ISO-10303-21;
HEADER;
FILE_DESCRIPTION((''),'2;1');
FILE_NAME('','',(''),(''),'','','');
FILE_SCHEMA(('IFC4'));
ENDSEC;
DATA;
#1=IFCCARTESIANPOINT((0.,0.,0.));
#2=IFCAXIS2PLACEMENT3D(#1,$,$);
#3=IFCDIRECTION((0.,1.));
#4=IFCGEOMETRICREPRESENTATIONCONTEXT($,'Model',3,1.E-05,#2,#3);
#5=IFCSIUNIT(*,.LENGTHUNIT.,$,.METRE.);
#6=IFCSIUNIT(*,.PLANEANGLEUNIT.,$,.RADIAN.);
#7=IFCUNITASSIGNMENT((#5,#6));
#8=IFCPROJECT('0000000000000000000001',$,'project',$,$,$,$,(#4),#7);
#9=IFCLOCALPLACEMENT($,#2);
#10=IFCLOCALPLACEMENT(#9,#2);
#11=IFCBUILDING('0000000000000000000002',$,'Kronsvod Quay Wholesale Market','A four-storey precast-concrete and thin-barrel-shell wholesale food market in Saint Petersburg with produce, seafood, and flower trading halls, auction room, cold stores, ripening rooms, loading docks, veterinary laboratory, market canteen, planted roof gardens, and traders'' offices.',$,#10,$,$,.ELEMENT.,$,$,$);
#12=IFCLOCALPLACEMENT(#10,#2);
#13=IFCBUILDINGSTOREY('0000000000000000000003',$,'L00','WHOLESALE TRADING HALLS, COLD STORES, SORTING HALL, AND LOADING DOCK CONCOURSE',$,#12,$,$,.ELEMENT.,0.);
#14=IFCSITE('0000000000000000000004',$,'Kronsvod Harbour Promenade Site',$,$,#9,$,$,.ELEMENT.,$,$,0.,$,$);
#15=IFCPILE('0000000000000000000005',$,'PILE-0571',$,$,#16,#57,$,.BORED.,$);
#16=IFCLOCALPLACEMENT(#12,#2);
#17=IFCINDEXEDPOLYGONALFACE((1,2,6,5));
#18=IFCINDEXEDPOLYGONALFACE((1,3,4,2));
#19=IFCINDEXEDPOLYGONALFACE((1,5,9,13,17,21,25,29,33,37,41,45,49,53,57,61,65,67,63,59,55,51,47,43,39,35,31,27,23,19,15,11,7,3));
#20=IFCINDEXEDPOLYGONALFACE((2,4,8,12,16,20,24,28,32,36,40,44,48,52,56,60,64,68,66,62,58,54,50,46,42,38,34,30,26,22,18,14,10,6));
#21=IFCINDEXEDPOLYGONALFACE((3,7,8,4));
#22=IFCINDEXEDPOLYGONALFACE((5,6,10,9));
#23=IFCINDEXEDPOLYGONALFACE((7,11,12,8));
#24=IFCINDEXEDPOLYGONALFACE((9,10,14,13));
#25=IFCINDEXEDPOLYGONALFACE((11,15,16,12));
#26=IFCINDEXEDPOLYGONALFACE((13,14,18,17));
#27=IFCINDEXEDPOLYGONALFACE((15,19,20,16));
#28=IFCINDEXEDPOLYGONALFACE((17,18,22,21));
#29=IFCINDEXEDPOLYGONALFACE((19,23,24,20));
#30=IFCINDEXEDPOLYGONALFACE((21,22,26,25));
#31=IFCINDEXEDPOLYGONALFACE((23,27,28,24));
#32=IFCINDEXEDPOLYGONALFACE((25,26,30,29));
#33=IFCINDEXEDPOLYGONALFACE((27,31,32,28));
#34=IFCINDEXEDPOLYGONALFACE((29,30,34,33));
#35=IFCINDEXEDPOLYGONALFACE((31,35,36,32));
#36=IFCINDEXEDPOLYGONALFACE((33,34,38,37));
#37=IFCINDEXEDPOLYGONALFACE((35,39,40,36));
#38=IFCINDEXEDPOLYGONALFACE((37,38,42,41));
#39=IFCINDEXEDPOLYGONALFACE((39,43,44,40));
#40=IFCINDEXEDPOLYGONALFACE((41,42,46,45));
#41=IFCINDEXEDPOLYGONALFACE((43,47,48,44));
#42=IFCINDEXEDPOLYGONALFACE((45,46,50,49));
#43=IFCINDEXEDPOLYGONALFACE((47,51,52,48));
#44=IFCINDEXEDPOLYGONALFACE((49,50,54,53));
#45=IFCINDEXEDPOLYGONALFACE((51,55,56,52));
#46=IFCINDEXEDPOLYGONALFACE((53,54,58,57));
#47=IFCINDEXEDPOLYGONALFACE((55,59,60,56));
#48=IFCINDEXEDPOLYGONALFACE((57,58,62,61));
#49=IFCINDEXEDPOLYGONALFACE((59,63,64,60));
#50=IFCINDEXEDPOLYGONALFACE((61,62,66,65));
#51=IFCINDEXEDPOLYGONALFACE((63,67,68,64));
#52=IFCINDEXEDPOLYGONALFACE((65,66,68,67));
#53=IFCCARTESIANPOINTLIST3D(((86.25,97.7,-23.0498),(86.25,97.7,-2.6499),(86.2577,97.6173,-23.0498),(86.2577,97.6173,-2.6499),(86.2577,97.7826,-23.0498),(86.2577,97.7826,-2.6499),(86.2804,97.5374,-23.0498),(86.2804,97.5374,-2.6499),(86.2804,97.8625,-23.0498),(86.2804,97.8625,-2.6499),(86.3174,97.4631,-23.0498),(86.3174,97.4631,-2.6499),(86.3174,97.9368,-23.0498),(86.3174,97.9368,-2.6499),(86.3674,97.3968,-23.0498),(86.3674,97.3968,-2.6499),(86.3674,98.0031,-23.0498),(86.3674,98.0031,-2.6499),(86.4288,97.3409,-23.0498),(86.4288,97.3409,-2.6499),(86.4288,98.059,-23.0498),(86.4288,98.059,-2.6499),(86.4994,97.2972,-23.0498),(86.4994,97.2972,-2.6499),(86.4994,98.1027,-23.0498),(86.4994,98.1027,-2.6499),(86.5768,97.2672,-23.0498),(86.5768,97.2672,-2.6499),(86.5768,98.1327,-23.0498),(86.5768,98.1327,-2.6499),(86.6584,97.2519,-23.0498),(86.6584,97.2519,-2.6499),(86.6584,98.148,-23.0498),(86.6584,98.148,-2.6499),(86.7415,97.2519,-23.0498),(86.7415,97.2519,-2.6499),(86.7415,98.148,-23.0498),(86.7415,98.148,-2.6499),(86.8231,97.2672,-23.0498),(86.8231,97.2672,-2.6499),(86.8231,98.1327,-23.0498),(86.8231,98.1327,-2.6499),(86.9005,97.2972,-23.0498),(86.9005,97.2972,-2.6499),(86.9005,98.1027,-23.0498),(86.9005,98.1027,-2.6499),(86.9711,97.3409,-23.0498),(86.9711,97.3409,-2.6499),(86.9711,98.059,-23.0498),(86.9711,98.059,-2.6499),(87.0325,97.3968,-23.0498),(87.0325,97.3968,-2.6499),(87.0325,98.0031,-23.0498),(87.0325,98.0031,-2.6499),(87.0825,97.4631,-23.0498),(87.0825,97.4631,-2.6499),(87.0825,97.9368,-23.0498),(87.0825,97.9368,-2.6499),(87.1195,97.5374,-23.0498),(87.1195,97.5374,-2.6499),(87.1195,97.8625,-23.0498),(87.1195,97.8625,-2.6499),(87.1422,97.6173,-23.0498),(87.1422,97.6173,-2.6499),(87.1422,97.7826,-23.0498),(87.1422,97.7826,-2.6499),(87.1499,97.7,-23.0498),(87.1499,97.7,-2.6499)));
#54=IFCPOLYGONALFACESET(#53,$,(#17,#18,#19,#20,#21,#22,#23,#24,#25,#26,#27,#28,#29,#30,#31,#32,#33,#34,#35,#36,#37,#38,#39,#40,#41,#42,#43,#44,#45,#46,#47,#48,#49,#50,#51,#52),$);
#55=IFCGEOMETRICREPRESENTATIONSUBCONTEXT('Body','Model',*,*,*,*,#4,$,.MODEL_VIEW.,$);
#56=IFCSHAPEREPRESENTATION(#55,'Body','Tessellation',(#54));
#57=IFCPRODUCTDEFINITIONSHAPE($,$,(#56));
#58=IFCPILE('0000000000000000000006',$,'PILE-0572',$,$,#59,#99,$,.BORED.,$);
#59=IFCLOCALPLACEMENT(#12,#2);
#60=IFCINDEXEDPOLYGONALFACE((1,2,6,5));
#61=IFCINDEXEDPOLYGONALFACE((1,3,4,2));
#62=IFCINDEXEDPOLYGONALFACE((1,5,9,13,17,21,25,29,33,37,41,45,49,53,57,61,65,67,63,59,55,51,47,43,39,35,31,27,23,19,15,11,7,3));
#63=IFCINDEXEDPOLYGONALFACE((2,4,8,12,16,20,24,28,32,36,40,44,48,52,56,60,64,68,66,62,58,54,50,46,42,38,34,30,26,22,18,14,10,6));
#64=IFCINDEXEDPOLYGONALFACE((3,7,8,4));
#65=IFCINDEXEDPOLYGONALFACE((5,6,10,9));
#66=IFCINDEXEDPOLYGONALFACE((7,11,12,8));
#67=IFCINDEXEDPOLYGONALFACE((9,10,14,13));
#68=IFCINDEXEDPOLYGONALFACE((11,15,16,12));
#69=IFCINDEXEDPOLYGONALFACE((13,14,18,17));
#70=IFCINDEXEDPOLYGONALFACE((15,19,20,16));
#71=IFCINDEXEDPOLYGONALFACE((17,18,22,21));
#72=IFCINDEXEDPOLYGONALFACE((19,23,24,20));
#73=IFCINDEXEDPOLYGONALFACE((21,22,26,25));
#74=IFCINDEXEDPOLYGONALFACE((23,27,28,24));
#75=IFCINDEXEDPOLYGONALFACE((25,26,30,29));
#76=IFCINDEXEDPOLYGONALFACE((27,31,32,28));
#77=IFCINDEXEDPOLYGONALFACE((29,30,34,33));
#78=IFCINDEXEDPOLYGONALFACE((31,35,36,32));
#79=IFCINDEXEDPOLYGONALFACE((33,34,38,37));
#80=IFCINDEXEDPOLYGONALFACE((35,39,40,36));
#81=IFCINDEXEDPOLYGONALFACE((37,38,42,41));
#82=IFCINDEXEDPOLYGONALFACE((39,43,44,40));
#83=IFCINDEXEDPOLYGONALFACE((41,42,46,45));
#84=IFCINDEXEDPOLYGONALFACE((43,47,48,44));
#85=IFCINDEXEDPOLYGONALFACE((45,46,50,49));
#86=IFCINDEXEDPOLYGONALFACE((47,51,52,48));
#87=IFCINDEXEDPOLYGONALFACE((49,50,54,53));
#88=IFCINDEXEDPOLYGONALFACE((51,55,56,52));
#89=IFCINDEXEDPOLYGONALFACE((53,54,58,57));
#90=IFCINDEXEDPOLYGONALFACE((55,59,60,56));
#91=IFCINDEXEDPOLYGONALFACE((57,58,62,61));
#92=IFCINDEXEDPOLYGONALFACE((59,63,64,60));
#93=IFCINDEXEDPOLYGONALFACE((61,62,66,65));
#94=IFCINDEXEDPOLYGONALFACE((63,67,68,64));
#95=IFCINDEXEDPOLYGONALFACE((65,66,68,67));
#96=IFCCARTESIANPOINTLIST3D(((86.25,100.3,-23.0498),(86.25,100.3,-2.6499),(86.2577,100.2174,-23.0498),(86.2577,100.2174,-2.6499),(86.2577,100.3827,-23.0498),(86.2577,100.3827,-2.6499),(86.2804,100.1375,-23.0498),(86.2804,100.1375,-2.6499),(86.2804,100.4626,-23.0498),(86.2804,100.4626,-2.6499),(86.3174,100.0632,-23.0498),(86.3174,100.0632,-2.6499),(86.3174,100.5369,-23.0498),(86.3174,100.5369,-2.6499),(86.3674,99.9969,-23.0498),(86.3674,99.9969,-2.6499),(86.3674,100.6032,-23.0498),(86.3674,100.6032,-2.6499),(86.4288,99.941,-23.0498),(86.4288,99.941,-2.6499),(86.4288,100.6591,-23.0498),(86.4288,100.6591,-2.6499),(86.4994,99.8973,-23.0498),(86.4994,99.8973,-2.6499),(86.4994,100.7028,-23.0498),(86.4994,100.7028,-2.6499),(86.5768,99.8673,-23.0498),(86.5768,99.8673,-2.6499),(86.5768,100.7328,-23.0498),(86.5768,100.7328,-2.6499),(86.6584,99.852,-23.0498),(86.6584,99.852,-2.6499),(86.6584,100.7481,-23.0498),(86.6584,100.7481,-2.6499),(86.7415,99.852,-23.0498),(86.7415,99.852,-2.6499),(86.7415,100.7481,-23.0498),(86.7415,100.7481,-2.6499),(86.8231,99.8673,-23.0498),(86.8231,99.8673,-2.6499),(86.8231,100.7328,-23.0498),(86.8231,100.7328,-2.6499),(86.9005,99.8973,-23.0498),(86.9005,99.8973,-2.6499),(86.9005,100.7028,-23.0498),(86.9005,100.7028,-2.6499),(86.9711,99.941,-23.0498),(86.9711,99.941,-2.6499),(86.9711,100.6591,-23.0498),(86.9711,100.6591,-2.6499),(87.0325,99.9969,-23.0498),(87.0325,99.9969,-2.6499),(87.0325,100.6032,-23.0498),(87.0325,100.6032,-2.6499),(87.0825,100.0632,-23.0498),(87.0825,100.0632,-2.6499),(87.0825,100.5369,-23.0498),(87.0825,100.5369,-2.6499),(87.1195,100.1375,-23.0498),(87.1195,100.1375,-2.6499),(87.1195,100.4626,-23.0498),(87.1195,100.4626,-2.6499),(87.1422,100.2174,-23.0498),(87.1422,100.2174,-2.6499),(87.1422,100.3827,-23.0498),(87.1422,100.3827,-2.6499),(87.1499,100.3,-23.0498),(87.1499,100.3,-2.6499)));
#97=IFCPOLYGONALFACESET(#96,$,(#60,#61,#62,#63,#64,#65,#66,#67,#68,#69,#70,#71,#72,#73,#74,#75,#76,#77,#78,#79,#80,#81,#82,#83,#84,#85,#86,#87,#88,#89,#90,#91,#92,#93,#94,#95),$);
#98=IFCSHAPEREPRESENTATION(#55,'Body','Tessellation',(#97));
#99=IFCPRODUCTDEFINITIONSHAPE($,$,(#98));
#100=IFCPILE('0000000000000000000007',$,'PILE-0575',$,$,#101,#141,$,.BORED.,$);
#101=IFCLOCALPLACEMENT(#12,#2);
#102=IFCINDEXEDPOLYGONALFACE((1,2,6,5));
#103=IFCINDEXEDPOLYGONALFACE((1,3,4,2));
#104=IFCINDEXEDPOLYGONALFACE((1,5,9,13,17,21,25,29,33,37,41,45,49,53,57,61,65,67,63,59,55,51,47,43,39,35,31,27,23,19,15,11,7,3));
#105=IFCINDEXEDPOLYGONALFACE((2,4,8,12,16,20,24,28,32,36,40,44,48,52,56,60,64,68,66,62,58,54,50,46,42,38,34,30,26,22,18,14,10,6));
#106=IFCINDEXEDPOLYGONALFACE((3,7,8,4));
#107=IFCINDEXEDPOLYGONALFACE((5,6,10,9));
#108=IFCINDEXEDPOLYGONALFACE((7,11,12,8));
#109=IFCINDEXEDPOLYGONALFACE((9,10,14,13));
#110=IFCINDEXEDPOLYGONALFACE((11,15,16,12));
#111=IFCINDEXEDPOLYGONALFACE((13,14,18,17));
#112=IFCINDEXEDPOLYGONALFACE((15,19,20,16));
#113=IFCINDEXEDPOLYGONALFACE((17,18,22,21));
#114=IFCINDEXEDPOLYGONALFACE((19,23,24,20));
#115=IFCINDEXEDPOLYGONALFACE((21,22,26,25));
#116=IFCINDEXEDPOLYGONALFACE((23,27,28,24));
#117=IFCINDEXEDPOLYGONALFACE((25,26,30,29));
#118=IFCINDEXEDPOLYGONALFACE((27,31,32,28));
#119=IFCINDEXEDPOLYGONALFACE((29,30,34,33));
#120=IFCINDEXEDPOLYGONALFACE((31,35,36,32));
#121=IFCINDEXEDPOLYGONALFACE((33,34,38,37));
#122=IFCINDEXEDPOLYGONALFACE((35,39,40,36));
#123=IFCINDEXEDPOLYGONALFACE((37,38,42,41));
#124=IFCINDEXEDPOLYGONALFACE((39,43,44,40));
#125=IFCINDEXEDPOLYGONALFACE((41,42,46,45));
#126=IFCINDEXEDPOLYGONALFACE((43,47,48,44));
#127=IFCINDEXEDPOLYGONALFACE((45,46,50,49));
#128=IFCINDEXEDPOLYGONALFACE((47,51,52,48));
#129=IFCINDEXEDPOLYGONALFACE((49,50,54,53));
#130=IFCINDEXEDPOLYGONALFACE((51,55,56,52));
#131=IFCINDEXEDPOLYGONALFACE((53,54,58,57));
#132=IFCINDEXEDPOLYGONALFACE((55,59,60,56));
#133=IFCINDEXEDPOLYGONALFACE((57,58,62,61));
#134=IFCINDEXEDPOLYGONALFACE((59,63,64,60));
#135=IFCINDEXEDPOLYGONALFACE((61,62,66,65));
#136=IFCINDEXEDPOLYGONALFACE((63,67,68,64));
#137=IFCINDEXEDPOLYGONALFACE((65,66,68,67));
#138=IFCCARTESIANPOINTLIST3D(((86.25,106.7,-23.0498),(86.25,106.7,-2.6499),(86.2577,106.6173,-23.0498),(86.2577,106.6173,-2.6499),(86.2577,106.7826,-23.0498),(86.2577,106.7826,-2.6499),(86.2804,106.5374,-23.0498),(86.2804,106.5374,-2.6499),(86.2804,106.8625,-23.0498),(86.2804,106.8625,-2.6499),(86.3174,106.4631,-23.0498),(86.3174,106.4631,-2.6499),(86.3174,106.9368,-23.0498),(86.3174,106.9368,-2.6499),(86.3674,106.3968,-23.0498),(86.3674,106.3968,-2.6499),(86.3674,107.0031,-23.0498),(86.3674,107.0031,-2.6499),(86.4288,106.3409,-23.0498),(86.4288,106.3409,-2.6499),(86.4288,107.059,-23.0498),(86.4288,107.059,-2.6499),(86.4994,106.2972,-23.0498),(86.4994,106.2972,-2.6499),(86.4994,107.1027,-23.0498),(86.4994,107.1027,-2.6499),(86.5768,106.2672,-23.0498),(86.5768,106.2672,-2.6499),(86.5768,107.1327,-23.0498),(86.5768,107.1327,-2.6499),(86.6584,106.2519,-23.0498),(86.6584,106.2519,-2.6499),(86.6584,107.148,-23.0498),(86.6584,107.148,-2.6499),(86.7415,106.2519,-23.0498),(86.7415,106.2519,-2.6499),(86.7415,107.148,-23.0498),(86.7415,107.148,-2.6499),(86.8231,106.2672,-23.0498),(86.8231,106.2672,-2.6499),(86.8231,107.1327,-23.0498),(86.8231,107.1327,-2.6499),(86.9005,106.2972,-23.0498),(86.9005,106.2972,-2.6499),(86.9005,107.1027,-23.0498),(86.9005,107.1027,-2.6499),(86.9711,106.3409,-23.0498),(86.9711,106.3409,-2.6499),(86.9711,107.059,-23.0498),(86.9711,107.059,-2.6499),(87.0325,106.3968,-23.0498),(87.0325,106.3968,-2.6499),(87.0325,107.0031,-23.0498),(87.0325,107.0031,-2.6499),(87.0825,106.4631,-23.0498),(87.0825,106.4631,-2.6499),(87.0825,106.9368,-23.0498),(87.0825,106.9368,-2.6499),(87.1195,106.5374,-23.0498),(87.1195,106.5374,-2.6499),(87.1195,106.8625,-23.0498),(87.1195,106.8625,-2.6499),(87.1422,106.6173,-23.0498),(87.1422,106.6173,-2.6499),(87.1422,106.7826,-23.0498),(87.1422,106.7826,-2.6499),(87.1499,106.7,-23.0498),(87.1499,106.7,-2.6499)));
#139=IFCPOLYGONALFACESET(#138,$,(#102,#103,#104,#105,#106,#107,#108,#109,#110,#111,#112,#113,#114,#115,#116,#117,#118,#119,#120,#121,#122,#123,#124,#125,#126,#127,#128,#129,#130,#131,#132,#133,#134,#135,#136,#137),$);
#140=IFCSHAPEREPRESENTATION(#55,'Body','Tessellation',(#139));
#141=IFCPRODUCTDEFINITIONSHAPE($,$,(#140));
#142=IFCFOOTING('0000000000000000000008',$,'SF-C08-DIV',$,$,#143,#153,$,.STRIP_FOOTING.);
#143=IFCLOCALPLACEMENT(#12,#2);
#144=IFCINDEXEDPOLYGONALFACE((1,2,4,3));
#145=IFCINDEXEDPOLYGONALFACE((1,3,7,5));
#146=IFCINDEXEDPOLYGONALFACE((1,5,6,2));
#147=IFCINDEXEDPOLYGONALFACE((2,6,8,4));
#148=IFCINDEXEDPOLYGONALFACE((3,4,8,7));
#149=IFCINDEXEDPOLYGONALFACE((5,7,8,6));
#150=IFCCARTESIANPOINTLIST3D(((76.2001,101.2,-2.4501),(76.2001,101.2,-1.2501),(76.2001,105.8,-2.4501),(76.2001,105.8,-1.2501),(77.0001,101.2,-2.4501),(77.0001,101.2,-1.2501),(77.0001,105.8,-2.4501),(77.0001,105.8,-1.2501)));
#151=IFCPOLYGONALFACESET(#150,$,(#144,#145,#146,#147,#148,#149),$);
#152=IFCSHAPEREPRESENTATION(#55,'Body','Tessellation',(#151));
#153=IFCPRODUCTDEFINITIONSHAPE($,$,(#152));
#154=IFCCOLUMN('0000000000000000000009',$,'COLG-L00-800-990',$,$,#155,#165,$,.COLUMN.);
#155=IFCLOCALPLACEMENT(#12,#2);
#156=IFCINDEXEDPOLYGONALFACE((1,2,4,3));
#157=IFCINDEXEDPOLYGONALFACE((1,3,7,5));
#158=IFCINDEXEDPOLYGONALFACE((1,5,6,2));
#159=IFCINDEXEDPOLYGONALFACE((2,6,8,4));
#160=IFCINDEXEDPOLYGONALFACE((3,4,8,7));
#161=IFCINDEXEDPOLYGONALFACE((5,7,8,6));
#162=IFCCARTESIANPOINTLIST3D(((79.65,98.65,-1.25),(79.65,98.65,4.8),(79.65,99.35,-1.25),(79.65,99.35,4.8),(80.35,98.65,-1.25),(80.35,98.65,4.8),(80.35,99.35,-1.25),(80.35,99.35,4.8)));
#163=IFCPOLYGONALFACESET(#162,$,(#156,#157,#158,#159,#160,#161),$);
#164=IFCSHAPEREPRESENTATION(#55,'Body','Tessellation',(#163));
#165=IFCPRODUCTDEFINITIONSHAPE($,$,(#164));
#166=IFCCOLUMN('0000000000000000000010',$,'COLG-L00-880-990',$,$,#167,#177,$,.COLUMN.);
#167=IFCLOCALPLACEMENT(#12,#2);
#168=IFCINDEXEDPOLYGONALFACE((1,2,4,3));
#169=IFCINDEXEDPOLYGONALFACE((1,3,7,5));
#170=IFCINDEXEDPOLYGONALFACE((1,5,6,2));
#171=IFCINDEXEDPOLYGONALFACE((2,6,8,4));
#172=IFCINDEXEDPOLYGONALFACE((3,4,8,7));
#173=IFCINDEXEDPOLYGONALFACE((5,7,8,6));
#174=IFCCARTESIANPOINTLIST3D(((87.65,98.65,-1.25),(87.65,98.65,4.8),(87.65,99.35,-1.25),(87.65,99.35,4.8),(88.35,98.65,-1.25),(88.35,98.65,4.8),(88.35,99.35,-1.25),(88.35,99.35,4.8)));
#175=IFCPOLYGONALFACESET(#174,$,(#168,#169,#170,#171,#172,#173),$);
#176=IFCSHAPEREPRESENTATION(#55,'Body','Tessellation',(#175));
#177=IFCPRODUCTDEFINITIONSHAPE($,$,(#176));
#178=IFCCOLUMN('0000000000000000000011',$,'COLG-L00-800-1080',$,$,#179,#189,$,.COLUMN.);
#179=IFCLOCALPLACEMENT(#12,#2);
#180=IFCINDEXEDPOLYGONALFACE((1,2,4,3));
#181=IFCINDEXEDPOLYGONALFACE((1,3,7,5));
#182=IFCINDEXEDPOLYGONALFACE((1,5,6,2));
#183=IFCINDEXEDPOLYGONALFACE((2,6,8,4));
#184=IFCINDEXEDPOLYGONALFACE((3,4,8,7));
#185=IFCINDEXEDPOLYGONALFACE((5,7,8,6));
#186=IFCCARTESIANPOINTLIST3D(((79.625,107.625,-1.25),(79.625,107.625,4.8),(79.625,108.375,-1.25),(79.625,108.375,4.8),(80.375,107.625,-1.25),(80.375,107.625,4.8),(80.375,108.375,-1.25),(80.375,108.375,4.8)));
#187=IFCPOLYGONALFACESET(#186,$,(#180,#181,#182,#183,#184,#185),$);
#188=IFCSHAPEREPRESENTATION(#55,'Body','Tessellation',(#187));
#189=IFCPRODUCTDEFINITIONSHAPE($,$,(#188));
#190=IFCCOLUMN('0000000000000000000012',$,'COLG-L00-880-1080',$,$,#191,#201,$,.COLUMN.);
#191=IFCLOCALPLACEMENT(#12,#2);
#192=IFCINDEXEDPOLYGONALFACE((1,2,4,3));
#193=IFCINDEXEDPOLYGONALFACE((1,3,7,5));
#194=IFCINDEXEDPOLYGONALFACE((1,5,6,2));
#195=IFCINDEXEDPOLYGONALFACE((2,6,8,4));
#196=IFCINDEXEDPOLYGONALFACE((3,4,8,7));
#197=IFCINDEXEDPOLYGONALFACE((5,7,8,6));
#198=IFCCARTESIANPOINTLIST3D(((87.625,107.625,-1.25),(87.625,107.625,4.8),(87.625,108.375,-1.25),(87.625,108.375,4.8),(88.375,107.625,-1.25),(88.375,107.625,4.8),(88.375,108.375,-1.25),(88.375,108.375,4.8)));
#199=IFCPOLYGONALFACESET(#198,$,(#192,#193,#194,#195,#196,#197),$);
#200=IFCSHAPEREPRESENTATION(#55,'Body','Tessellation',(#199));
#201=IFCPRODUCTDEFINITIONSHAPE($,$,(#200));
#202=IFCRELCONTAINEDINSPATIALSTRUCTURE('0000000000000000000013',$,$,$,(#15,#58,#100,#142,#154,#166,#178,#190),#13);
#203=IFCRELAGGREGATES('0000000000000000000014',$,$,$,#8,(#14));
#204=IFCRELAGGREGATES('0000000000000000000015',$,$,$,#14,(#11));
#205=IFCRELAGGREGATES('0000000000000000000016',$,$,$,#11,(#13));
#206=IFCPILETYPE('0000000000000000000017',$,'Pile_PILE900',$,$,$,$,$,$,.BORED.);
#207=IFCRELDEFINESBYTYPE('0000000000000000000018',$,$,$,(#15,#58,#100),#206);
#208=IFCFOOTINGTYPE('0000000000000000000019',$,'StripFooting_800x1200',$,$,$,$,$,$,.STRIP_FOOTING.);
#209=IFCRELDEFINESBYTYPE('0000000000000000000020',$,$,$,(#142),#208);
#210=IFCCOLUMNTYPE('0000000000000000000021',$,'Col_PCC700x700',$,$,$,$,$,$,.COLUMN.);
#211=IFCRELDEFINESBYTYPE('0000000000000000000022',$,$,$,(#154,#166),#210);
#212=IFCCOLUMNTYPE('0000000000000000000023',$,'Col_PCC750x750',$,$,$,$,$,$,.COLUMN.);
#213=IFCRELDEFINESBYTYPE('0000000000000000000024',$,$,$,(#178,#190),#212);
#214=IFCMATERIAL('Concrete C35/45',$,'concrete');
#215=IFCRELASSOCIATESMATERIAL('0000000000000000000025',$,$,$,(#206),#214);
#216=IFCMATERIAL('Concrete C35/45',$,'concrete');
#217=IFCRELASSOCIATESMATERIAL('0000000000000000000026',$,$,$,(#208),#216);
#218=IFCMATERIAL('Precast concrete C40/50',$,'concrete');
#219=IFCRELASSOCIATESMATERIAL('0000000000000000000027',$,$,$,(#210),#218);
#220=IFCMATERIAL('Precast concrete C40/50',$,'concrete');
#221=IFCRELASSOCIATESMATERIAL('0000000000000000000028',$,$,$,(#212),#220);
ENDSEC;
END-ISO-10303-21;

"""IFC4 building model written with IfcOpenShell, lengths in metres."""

from ifc_helpers import new_model, si_unit, direction, frame, origin, origin_2d, place, context, subcontext, project, spatial, rectangle, circle, extrude, material, material_profile, profile_set, type_object, element, save


model = new_model("IFC4")

# Units and contexts
model_context = context("Model", 3, precision=1e-05, world=origin(), true_north=direction((0.0, 1.0)))
body_context = subcontext(model_context, "Body", "Model", "MODEL_VIEW")
ifc_project = project(units=[si_unit("LENGTHUNIT", "METRE"), si_unit("PLANEANGLEUNIT", "RADIAN")], contexts=[model_context])

# Site, building, storey
site_placement = place(None, origin())
site = spatial("IfcSite", under=ifc_project, at=site_placement, Name="Kronsvod Harbour Promenade Site", CompositionType="ELEMENT", RefElevation=0.0)
building_placement = place(site_placement, origin())
building = spatial("IfcBuilding", under=site, at=building_placement, Name="Kronsvod Quay Wholesale Market", Description="A four-storey precast-concrete and thin-barrel-shell wholesale food market in Saint Petersburg with produce, seafood, and flower trading halls, auction room, cold stores, ripening rooms, loading docks, veterinary laboratory, market canteen, planted roof gardens, and traders' offices.", CompositionType="ELEMENT")
storey_placement = place(building_placement, origin())
storey = spatial("IfcBuildingStorey", under=building, at=storey_placement, Name="L00", Description="WHOLESALE TRADING HALLS, COLD STORES, SORTING HALL, AND LOADING DOCK CONCOURSE", CompositionType="ELEMENT", Elevation=0.0)

# Piles
ifc_material_1 = material(Name="Concrete C35/45", Category="concrete")
ifc_material_profile_1 = material_profile(ifc_material_1, circle(Radius=0.45, at=origin_2d()), Name="PILE900")
ifc_profile_set_1 = profile_set([ifc_material_profile_1], Name="Concrete C35/45")
pile_type = type_object("IfcPileType", Name="Pile_PILE900", PredefinedType="BORED", material=ifc_profile_set_1)
for number, where, z_axis, x_axis, name in (
    (1, (86.7, 97.7, -2.6499), (0.0, 0.0, -1.0), (1.0, 0.0, 0.0), "PILE-0571"),
    (2, (86.7, 100.3, -2.6499), (0.0, 0.0, -1.0), (1.0, 0.0, 0.0), "PILE-0572"),
    (3, (86.7, 106.7, -2.6499), (0.0, 0.0, -1.0), (1.0, 0.0, 0.0), "PILE-0575"),
):
    element("IfcPile", number, at=place(storey_placement, frame(where, z_axis=z_axis, x_axis=x_axis)), inside=storey, type_object=pile_type, Name=name, PredefinedType="BORED", context=body_context, shape_type="SweptSolid", body=[
        extrude(circle(Radius=0.45, at=origin_2d()), origin(), (0.0, 0.0, 1.0), 20.3999),
    ])

# Footing
ifc_material_2 = material(Name="Concrete C35/45", Category="concrete")
ifc_material_profile_2 = material_profile(ifc_material_2, rectangle(XDim=0.8, YDim=1.2, at=origin_2d()), Name="SF-01")
ifc_profile_set_2 = profile_set([ifc_material_profile_2], Name="Concrete C35/45")
footing_type_1 = type_object("IfcFootingType", Name="StripFooting_800x1200", PredefinedType="STRIP_FOOTING", material=ifc_profile_set_2)
footing_1_placement = place(storey_placement, frame((76.6001, 101.2, -1.8501), z_axis=(0.0, 1.0, 0.0), x_axis=(-1.0, 0.0, 0.0)))
element("IfcFooting", 4, at=footing_1_placement, inside=storey, type_object=footing_type_1, Name="SF-C08-DIV", PredefinedType="STRIP_FOOTING", context=body_context, shape_type="SweptSolid", body=[
    extrude(rectangle(XDim=0.8, YDim=1.2, at=origin_2d()), origin(), (0.0, 0.0, 1.0), 4.6001),
])

# Columns
ifc_material_3 = material(Name="Precast concrete C40/50", Category="concrete")
ifc_material_profile_3 = material_profile(ifc_material_3, rectangle(XDim=0.7, YDim=0.7, at=origin_2d()), Name="PCC700x700")
ifc_profile_set_3 = profile_set([ifc_material_profile_3], Name="Precast concrete C40/50")
column_type_1 = type_object("IfcColumnType", Name="Col_PCC700x700", PredefinedType="COLUMN", material=ifc_profile_set_3)
for number, where, z_axis, x_axis, name in (
    (5, (80.0, 99.0, -1.25), (0.0, 0.0, 1.0), (1.0, 0.0, 0.0), "COLG-L00-800-990"),
    (6, (88.0, 99.0, -1.25), (0.0, 0.0, 1.0), (1.0, 0.0, 0.0), "COLG-L00-880-990"),
):
    element("IfcColumn", number, at=place(storey_placement, frame(where, z_axis=z_axis, x_axis=x_axis)), inside=storey, type_object=column_type_1, Name=name, PredefinedType="COLUMN", context=body_context, shape_type="SweptSolid", body=[
        extrude(rectangle(XDim=0.7, YDim=0.7, at=origin_2d()), origin(), (0.0, 0.0, 1.0), 6.05),
    ])
ifc_material_4 = material(Name="Precast concrete C40/50", Category="concrete")
ifc_material_profile_4 = material_profile(ifc_material_4, rectangle(XDim=0.75, YDim=0.75, at=origin_2d()), Name="COL-07")
ifc_profile_set_4 = profile_set([ifc_material_profile_4], Name="Precast concrete C40/50")
column_type_2 = type_object("IfcColumnType", Name="Col_PCC750x750", PredefinedType="COLUMN", material=ifc_profile_set_4)
for number, where, z_axis, x_axis, name in (
    (7, (80.0, 108.0, -1.25), (0.0, 0.0, 1.0), (1.0, 0.0, 0.0), "COLG-L00-800-1080"),
    (8, (88.0, 108.0, -1.25), (0.0, 0.0, 1.0), (1.0, 0.0, 0.0), "COLG-L00-880-1080"),
):
    element("IfcColumn", number, at=place(storey_placement, frame(where, z_axis=z_axis, x_axis=x_axis)), inside=storey, type_object=column_type_2, Name=name, PredefinedType="COLUMN", context=body_context, shape_type="SweptSolid", body=[
        extrude(rectangle(XDim=0.75, YDim=0.75, at=origin_2d()), origin(), (0.0, 0.0, 1.0), 6.05),
    ])

save(model, "model.ifc")
